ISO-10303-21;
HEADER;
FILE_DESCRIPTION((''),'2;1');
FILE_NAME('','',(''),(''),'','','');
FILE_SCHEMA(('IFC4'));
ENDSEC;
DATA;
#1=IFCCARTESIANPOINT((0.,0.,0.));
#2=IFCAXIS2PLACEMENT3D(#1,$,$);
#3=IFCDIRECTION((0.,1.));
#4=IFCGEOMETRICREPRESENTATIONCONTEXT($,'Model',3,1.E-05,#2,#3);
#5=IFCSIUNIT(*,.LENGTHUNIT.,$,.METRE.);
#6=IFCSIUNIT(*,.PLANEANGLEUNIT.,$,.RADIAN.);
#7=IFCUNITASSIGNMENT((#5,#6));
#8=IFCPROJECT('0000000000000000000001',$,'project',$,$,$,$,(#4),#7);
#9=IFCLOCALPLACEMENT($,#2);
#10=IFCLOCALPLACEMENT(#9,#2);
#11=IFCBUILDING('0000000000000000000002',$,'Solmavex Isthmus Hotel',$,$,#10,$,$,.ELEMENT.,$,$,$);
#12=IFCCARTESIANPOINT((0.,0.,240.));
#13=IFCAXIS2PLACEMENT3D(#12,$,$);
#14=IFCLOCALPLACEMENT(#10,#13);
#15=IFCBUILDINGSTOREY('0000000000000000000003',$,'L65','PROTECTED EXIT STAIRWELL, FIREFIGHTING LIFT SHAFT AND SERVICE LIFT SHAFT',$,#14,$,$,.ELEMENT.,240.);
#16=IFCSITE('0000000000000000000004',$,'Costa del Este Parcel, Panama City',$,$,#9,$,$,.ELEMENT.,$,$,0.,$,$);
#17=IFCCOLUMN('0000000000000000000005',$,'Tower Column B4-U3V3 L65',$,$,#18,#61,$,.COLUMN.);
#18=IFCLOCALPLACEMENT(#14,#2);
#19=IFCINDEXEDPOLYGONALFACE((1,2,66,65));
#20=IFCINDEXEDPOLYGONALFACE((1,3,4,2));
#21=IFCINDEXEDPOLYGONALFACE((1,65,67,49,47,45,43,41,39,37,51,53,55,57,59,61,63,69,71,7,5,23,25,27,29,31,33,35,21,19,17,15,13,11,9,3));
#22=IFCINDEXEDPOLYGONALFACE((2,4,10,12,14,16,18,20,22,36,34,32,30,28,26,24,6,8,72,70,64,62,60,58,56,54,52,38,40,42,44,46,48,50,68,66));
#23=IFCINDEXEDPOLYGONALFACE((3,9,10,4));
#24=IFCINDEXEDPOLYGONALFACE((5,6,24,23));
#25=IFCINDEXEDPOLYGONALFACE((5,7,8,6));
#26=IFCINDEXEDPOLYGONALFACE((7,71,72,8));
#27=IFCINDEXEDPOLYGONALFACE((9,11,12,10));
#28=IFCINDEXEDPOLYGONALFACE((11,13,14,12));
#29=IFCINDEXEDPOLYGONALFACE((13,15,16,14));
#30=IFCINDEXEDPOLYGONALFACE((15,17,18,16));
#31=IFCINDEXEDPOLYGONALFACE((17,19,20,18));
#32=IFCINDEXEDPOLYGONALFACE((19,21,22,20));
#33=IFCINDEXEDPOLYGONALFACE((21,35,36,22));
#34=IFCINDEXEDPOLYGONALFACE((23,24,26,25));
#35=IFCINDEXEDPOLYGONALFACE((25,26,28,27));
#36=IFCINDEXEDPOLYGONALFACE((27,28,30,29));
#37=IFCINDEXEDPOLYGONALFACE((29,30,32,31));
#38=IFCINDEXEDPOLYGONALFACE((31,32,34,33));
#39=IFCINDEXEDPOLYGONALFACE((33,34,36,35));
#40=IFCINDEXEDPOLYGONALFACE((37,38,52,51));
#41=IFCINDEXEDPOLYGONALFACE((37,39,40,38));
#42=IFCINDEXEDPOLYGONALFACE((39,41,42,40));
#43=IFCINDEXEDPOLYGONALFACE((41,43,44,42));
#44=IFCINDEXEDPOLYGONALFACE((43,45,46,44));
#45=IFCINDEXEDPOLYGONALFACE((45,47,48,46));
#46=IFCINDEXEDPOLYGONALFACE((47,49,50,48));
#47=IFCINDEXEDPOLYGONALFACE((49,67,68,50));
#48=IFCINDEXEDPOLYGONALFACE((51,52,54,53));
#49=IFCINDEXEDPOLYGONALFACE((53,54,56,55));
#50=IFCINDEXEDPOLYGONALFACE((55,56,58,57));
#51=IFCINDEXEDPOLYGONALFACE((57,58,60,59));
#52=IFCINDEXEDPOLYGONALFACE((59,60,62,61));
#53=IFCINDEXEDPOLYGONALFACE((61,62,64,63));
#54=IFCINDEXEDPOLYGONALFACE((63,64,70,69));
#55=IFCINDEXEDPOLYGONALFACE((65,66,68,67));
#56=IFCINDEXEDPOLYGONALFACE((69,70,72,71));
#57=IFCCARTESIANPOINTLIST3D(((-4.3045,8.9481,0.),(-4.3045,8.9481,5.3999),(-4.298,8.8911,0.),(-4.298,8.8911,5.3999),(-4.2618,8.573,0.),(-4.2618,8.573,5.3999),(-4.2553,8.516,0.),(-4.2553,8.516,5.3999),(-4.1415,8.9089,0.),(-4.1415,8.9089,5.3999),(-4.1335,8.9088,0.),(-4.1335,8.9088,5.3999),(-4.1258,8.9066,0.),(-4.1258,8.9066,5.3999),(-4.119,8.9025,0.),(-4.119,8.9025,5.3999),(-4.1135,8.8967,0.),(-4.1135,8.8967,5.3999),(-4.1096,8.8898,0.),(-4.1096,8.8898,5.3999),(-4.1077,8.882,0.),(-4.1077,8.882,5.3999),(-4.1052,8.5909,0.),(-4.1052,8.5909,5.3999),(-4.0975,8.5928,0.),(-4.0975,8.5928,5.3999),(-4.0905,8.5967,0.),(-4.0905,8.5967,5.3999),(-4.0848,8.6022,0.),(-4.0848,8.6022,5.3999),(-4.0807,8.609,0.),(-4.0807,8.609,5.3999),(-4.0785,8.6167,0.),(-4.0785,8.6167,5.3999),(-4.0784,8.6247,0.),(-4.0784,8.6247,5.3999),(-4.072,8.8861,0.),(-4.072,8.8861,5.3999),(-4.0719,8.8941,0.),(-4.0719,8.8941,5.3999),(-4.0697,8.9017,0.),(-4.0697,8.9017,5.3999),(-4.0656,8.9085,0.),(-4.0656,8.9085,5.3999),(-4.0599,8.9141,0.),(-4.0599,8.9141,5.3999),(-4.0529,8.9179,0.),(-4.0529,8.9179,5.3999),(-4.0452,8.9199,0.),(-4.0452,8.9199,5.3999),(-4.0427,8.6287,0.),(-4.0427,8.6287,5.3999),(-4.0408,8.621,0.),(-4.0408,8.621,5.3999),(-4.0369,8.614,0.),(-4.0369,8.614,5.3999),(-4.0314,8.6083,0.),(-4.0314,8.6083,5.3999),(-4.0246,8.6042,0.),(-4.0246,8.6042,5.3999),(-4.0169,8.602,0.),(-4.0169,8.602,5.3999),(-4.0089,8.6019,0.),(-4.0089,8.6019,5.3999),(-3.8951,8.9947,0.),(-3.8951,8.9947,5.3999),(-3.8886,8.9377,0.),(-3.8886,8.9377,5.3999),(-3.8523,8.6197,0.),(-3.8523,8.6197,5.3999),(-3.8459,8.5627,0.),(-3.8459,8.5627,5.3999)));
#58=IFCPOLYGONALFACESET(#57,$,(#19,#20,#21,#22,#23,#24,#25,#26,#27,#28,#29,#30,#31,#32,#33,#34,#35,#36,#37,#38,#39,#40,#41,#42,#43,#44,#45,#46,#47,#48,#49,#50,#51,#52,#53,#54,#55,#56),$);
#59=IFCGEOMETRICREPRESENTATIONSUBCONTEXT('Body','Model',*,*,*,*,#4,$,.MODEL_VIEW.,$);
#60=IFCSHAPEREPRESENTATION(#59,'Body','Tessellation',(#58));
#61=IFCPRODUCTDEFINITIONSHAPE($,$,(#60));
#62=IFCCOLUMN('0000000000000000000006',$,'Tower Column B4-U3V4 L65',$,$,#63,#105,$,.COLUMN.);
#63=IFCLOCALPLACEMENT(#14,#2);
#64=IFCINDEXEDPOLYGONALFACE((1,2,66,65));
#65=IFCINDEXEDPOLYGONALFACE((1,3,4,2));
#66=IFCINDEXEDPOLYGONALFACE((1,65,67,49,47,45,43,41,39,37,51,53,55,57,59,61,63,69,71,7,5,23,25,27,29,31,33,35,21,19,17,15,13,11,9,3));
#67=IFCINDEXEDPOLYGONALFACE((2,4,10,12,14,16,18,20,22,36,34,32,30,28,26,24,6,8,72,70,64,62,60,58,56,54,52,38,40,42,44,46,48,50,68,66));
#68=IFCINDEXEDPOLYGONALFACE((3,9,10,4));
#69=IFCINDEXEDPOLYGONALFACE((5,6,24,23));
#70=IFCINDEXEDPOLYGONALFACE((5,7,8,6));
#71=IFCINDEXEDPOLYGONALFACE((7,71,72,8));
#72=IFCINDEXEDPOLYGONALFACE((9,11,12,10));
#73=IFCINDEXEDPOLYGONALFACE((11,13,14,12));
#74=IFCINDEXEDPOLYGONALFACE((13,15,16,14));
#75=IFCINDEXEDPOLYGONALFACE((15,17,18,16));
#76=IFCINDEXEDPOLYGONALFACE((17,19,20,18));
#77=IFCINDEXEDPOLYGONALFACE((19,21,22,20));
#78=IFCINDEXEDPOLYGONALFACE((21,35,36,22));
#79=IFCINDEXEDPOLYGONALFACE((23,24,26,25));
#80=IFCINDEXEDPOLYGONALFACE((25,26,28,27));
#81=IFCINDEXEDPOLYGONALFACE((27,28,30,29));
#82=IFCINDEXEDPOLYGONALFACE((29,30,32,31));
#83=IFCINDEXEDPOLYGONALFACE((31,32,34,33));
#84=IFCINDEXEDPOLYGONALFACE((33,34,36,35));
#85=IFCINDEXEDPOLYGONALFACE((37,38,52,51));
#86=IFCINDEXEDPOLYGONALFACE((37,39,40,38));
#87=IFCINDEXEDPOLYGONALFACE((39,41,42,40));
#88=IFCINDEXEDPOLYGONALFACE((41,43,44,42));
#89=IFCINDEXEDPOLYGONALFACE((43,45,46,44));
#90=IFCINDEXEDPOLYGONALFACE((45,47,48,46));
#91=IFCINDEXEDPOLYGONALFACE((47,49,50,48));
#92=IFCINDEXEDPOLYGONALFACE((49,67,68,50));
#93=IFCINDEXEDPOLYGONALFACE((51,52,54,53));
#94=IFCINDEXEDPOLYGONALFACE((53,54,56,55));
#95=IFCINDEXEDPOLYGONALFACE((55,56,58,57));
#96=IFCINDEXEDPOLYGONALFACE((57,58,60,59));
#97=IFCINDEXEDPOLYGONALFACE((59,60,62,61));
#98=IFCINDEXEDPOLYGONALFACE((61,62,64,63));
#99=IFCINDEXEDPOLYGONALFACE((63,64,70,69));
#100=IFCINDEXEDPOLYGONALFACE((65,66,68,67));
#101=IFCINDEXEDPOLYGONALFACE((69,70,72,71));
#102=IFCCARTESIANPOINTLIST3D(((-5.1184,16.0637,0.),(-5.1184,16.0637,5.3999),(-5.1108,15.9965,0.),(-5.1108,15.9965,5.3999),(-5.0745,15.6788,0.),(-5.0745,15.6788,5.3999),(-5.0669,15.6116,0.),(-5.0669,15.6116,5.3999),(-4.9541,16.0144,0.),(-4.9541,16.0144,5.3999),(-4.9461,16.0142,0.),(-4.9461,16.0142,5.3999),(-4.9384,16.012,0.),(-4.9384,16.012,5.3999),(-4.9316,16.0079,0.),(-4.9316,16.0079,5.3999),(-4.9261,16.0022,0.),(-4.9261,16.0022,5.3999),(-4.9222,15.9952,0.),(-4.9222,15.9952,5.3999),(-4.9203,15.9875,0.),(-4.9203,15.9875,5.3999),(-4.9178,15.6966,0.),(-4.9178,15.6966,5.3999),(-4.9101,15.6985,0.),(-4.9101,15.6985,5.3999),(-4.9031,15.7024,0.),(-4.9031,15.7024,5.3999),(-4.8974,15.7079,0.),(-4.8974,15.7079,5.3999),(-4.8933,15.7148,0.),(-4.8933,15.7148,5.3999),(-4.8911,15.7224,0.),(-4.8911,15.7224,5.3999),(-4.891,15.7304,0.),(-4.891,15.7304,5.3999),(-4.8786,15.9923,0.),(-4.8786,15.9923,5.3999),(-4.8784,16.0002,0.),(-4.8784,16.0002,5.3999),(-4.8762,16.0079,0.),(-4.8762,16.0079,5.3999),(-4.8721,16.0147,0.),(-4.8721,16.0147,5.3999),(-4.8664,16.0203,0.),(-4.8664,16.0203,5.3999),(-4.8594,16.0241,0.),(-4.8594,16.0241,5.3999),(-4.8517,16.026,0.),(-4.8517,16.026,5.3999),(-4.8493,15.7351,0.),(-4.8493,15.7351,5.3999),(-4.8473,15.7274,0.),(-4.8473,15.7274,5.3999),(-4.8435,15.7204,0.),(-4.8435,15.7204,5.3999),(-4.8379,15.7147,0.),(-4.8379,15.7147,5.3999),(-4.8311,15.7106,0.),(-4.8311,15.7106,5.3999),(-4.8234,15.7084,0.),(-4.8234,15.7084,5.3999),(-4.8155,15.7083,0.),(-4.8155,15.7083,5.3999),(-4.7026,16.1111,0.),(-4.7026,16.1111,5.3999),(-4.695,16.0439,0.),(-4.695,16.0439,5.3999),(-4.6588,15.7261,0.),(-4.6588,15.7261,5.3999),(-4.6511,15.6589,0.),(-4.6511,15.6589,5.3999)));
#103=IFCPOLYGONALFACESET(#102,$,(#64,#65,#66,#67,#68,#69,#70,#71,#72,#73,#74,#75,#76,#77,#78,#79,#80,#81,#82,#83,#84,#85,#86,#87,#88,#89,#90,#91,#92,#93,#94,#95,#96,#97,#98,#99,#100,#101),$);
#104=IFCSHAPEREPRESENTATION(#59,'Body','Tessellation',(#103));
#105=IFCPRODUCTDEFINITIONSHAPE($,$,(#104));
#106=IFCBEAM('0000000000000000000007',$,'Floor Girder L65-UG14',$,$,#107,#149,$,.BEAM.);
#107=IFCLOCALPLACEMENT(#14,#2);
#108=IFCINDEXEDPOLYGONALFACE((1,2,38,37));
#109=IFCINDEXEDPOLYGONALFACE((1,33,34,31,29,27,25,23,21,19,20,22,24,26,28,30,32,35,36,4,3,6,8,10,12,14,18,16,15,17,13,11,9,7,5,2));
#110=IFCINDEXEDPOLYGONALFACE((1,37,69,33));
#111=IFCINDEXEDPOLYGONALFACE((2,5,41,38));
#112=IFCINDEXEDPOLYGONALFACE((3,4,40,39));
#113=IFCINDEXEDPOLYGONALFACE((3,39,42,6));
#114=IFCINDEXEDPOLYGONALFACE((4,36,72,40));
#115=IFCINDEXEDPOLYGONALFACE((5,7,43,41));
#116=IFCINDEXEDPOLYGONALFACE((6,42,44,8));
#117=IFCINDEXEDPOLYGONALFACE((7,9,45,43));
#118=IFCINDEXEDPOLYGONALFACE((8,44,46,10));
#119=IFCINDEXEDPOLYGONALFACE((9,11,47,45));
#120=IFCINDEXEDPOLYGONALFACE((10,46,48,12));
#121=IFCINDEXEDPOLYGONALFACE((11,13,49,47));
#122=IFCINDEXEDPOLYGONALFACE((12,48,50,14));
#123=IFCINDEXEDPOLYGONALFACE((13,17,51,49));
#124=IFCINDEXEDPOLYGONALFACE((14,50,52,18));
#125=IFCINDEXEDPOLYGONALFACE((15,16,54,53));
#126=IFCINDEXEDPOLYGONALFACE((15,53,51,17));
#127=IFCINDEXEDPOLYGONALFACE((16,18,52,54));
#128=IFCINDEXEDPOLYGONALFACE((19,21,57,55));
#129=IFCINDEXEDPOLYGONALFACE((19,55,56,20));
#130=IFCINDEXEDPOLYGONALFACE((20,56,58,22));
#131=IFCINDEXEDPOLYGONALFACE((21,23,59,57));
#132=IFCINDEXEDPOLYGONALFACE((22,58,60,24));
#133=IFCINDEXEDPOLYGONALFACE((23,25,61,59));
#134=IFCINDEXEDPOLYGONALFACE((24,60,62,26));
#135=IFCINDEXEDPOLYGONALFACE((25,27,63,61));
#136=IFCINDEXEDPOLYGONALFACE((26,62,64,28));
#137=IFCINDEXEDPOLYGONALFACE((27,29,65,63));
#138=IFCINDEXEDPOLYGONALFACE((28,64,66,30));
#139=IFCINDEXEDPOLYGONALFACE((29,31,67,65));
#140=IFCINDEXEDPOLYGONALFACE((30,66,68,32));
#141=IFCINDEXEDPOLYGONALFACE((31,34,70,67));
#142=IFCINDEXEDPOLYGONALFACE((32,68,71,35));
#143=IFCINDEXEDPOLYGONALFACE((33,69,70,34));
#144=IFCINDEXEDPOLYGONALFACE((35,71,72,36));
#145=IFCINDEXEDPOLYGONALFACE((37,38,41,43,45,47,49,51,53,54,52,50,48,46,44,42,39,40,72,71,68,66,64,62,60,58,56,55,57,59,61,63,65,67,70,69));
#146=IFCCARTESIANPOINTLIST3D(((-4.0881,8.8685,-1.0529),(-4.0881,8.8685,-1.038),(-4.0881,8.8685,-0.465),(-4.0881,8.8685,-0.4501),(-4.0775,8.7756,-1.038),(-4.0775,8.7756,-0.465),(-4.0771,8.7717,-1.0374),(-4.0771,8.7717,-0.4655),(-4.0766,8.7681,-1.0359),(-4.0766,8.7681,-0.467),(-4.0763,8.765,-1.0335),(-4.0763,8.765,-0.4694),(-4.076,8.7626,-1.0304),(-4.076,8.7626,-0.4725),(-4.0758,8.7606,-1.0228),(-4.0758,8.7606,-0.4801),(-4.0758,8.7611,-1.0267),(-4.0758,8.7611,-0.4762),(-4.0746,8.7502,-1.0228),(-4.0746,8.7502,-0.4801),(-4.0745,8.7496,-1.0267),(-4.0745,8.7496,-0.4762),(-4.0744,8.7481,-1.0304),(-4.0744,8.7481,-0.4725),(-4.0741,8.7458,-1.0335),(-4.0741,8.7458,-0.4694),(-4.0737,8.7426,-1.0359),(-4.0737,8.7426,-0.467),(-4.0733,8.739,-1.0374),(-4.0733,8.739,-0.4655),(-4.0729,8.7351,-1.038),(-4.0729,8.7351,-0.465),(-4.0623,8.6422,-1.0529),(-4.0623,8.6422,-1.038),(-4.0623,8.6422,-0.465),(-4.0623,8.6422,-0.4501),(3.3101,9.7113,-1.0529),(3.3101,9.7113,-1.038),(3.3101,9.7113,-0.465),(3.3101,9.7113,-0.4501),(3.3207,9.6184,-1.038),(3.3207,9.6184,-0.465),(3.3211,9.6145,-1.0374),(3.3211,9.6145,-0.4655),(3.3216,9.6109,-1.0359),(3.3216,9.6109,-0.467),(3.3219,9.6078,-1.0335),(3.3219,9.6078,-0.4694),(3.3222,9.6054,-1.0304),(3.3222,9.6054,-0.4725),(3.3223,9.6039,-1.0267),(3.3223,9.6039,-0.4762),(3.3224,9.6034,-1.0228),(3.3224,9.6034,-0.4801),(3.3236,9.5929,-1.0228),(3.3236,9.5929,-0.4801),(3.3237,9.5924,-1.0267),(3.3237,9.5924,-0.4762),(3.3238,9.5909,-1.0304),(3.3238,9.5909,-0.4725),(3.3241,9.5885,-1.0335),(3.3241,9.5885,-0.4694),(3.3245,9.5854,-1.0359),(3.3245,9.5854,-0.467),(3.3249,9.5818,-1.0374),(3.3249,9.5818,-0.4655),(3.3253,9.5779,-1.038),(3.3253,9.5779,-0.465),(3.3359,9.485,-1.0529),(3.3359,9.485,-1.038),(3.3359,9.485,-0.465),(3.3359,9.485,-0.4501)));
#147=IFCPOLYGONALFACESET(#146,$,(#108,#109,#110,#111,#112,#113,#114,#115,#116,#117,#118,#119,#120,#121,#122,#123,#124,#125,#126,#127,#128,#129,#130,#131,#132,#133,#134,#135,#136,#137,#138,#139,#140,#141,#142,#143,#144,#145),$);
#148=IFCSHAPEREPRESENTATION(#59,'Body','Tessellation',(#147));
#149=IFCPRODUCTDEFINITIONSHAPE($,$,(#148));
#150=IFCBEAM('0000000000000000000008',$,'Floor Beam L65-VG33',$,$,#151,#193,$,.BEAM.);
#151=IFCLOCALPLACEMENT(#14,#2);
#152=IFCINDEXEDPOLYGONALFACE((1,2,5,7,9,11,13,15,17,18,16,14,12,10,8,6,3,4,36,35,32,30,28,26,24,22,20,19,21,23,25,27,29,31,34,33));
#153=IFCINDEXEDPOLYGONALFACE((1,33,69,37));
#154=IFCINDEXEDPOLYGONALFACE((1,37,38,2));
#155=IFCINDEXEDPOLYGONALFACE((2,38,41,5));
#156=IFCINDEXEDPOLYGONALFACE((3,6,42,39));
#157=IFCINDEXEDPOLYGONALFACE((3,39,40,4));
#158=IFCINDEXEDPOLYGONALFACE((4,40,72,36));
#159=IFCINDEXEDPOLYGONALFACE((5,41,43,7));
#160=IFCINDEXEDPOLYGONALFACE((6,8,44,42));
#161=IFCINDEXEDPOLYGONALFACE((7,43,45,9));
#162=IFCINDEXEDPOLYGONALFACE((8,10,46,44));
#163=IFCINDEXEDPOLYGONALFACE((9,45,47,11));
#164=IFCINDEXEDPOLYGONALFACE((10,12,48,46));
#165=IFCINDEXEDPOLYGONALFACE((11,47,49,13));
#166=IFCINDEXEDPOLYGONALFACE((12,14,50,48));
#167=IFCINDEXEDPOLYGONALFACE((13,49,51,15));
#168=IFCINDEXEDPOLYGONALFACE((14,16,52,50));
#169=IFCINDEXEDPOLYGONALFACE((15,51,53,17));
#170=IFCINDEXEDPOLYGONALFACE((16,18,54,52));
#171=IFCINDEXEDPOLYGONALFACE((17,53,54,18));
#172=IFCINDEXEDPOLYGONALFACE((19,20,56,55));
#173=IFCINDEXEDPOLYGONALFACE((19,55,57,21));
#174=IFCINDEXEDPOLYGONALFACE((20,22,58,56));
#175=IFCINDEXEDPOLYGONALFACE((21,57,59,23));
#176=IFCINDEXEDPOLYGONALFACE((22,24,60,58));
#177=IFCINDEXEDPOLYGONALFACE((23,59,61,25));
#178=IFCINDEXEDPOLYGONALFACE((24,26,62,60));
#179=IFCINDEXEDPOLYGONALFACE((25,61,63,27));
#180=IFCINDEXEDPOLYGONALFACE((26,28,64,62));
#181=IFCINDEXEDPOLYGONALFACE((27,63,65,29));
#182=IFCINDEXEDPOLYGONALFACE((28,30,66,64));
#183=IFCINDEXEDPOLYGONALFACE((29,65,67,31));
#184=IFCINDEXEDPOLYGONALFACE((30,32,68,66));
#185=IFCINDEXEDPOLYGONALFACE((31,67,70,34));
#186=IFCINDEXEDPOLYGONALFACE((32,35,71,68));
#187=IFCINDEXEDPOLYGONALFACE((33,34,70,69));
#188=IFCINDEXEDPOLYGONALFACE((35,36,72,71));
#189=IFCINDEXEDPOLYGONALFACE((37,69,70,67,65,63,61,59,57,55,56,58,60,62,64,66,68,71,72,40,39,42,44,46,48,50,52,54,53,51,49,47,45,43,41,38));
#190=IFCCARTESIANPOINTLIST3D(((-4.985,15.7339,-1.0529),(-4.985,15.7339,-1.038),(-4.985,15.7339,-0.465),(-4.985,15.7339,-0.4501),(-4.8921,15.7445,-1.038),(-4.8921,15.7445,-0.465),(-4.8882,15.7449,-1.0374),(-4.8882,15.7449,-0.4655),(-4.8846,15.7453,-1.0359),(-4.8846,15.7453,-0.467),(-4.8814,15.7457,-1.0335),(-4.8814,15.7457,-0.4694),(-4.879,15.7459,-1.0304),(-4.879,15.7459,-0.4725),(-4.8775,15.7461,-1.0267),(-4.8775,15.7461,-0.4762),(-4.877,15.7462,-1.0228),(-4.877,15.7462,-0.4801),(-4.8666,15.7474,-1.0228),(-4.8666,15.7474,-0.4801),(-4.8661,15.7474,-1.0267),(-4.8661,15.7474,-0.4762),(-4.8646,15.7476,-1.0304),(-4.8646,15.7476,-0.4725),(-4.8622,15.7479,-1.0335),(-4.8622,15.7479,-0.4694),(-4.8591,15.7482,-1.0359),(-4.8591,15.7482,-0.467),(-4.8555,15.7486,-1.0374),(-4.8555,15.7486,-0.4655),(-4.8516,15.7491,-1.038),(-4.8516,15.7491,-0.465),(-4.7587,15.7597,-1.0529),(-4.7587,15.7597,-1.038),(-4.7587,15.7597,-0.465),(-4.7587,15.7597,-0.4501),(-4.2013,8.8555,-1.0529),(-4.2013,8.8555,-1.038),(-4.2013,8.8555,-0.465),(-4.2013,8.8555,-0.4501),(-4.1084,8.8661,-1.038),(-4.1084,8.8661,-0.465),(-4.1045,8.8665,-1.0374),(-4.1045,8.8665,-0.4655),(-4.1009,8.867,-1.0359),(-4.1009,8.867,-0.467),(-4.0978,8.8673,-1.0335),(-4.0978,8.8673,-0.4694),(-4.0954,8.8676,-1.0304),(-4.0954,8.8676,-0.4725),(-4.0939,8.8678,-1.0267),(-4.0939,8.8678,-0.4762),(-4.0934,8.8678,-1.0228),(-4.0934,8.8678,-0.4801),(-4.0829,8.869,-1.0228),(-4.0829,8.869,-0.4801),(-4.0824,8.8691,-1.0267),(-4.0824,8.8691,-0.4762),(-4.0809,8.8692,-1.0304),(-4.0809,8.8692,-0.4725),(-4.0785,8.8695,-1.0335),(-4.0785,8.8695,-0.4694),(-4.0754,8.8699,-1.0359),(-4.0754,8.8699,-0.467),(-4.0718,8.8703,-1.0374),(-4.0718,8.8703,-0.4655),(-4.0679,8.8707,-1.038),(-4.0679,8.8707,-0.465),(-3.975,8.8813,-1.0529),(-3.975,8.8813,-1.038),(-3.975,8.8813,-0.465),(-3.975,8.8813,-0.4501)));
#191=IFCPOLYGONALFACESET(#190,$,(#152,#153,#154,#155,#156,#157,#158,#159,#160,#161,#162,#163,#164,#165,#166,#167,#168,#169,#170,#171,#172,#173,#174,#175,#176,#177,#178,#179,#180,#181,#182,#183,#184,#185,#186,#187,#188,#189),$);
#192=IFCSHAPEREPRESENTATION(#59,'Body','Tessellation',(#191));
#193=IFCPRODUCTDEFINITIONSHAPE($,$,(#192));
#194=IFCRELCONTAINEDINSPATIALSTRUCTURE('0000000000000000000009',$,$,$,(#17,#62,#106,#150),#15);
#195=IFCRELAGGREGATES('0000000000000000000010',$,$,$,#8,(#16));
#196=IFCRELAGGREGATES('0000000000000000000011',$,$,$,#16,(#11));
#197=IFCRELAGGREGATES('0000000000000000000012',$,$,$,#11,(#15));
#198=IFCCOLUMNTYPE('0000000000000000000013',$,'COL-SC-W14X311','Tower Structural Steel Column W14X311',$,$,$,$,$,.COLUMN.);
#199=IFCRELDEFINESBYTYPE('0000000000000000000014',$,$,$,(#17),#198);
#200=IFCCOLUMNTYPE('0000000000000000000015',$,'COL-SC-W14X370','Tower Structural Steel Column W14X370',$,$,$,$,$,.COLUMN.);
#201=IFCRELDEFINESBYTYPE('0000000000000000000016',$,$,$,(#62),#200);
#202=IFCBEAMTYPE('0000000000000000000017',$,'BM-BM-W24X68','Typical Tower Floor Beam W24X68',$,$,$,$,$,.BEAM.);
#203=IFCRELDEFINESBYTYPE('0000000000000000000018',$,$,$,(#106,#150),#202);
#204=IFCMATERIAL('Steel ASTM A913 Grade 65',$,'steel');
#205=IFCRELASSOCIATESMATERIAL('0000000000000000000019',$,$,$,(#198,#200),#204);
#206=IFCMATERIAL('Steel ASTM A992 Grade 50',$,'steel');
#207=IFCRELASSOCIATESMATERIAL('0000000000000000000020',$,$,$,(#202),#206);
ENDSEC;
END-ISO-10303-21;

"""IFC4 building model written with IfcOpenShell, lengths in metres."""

from ifc_helpers import new_model, si_unit, direction, frame, origin, origin_2d, place, context, subcontext, project, spatial, i_section, extrude, material, material_profile, profile_set, type_object, element, save


model = new_model("IFC4")

# Units and contexts
model_context = context("Model", 3, precision=1e-05, world=origin(), true_north=direction((0.0, 1.0)))
body_context = subcontext(model_context, "Body", "Model", "MODEL_VIEW")
ifc_project = project(units=[si_unit("LENGTHUNIT", "METRE"), si_unit("PLANEANGLEUNIT", "RADIAN")], contexts=[model_context])

# Site, building, storey
site_placement = place(None, origin())
site = spatial("IfcSite", under=ifc_project, at=site_placement, Name="Costa del Este Parcel, Panama City", CompositionType="ELEMENT", RefElevation=0.0)
building_placement = place(site_placement, origin())
building = spatial("IfcBuilding", under=site, at=building_placement, Name="Solmavex Isthmus Hotel", CompositionType="ELEMENT")
storey_placement = place(building_placement, frame((0.0, 0.0, 240.0)))
storey = spatial("IfcBuildingStorey", under=building, at=storey_placement, Name="L65", Description="PROTECTED EXIT STAIRWELL, FIREFIGHTING LIFT SHAFT AND SERVICE LIFT SHAFT", CompositionType="ELEMENT", Elevation=240.0)

# Columns
ifc_material_1 = material(Name="Steel ASTM A913 Grade 65", Category="steel")
ifc_material_profile_1 = material_profile(ifc_material_1, i_section(OverallWidth=0.4121, OverallDepth=0.4348, WebThickness=0.0359, FlangeThickness=0.0574, FilletRadius=0.0305, at=origin_2d()), Name="W14X311")
ifc_profile_set_1 = profile_set([ifc_material_profile_1], Name="Steel ASTM A913 Grade 65")
column_type_1 = type_object("IfcColumnType", Name="COL-SC-W14X311", Description="Tower Structural Steel Column W14X311", PredefinedType="COLUMN", material=ifc_profile_set_1)
column_1_placement = place(storey_placement, frame((-4.0752, 8.7554, 0.0), z_axis=(0.0, 0.0, 1.0), x_axis=(0.993572, 0.113203, 0.0)))
element("IfcColumn", 1, at=column_1_placement, inside=storey, type_object=column_type_1, Name="Tower Column B4-U3V3 L65", PredefinedType="COLUMN", context=body_context, shape_type="SweptSolid", body=[
    extrude(i_section(OverallWidth=0.4121, OverallDepth=0.4348, WebThickness=0.0359, FlangeThickness=0.0574, FilletRadius=0.0305, at=origin_2d()), origin(), (0.0, 0.0, 1.0), 5.3999),
])
ifc_material_profile_2 = material_profile(ifc_material_1, i_section(OverallWidth=0.4185, OverallDepth=0.4551, WebThickness=0.042, FlangeThickness=0.0676, FilletRadius=0.0305, at=origin_2d()), Name="W14X370")
ifc_profile_set_2 = profile_set([ifc_material_profile_2], Name="Steel ASTM A913 Grade 65")
column_type_2 = type_object("IfcColumnType", Name="COL-SC-W14X370", Description="Tower Structural Steel Column W14X370", PredefinedType="COLUMN", material=ifc_profile_set_2)
column_2_placement = place(storey_placement, frame((-4.8848, 15.8613, 0.0), z_axis=(0.0, 0.0, 1.0), x_axis=(0.993572, 0.113203, 0.0)))
element("IfcColumn", 2, at=column_2_placement, inside=storey, type_object=column_type_2, Name="Tower Column B4-U3V4 L65", PredefinedType="COLUMN", context=body_context, shape_type="SweptSolid", body=[
    extrude(i_section(OverallWidth=0.4185, OverallDepth=0.4551, WebThickness=0.042, FlangeThickness=0.0676, FilletRadius=0.0305, at=origin_2d()), origin(), (0.0, 0.0, 1.0), 5.3999),
])

# Beams
ifc_material_2 = material(Name="Steel ASTM A992 Grade 50", Category="steel")
ifc_material_profile_3 = material_profile(ifc_material_2, i_section(OverallWidth=0.2278, OverallDepth=0.6028, WebThickness=0.0105, FlangeThickness=0.0149, FilletRadius=0.0151, at=origin_2d()), Name="W24X68")
ifc_profile_set_3 = profile_set([ifc_material_profile_3], Name="Steel ASTM A992 Grade 50")
beam_type_1 = type_object("IfcBeamType", Name="BM-BM-W24X68", Description="Typical Tower Floor Beam W24X68", PredefinedType="BEAM", material=ifc_profile_set_3)
beam_1_placement = place(storey_placement, frame((-4.0752, 8.7554, -0.7515), z_axis=(0.993574, 0.113184, 0.0), x_axis=(-0.113184, 0.993574, 0.0)))
element("IfcBeam", 3, at=beam_1_placement, inside=storey, type_object=beam_type_1, Name="Floor Girder L65-UG14", PredefinedType="BEAM", context=body_context, shape_type="SweptSolid", body=[
    extrude(i_section(OverallWidth=0.2278, OverallDepth=0.6028, WebThickness=0.0105, FlangeThickness=0.0149, FilletRadius=0.0151, at=origin_2d()), origin(), (0.0, 0.0, 1.0), 7.446),
])
beam_2_placement = place(storey_placement, frame((-4.0881, 8.8684, -0.7515), z_axis=(-0.113202, 0.993572, 0.0), x_axis=(-0.993572, -0.113202, 0.0)))
element("IfcBeam", 4, at=beam_2_placement, inside=storey, type_object=beam_type_1, Name="Floor Beam L65-VG33", PredefinedType="BEAM", context=body_context, shape_type="SweptSolid", body=[
    extrude(i_section(OverallWidth=0.2278, OverallDepth=0.6028, WebThickness=0.0105, FlangeThickness=0.0149, FilletRadius=0.0151, at=origin_2d()), origin(), (0.0, 0.0, 1.0), 6.9229),
])

save(model, "model.ifc")
